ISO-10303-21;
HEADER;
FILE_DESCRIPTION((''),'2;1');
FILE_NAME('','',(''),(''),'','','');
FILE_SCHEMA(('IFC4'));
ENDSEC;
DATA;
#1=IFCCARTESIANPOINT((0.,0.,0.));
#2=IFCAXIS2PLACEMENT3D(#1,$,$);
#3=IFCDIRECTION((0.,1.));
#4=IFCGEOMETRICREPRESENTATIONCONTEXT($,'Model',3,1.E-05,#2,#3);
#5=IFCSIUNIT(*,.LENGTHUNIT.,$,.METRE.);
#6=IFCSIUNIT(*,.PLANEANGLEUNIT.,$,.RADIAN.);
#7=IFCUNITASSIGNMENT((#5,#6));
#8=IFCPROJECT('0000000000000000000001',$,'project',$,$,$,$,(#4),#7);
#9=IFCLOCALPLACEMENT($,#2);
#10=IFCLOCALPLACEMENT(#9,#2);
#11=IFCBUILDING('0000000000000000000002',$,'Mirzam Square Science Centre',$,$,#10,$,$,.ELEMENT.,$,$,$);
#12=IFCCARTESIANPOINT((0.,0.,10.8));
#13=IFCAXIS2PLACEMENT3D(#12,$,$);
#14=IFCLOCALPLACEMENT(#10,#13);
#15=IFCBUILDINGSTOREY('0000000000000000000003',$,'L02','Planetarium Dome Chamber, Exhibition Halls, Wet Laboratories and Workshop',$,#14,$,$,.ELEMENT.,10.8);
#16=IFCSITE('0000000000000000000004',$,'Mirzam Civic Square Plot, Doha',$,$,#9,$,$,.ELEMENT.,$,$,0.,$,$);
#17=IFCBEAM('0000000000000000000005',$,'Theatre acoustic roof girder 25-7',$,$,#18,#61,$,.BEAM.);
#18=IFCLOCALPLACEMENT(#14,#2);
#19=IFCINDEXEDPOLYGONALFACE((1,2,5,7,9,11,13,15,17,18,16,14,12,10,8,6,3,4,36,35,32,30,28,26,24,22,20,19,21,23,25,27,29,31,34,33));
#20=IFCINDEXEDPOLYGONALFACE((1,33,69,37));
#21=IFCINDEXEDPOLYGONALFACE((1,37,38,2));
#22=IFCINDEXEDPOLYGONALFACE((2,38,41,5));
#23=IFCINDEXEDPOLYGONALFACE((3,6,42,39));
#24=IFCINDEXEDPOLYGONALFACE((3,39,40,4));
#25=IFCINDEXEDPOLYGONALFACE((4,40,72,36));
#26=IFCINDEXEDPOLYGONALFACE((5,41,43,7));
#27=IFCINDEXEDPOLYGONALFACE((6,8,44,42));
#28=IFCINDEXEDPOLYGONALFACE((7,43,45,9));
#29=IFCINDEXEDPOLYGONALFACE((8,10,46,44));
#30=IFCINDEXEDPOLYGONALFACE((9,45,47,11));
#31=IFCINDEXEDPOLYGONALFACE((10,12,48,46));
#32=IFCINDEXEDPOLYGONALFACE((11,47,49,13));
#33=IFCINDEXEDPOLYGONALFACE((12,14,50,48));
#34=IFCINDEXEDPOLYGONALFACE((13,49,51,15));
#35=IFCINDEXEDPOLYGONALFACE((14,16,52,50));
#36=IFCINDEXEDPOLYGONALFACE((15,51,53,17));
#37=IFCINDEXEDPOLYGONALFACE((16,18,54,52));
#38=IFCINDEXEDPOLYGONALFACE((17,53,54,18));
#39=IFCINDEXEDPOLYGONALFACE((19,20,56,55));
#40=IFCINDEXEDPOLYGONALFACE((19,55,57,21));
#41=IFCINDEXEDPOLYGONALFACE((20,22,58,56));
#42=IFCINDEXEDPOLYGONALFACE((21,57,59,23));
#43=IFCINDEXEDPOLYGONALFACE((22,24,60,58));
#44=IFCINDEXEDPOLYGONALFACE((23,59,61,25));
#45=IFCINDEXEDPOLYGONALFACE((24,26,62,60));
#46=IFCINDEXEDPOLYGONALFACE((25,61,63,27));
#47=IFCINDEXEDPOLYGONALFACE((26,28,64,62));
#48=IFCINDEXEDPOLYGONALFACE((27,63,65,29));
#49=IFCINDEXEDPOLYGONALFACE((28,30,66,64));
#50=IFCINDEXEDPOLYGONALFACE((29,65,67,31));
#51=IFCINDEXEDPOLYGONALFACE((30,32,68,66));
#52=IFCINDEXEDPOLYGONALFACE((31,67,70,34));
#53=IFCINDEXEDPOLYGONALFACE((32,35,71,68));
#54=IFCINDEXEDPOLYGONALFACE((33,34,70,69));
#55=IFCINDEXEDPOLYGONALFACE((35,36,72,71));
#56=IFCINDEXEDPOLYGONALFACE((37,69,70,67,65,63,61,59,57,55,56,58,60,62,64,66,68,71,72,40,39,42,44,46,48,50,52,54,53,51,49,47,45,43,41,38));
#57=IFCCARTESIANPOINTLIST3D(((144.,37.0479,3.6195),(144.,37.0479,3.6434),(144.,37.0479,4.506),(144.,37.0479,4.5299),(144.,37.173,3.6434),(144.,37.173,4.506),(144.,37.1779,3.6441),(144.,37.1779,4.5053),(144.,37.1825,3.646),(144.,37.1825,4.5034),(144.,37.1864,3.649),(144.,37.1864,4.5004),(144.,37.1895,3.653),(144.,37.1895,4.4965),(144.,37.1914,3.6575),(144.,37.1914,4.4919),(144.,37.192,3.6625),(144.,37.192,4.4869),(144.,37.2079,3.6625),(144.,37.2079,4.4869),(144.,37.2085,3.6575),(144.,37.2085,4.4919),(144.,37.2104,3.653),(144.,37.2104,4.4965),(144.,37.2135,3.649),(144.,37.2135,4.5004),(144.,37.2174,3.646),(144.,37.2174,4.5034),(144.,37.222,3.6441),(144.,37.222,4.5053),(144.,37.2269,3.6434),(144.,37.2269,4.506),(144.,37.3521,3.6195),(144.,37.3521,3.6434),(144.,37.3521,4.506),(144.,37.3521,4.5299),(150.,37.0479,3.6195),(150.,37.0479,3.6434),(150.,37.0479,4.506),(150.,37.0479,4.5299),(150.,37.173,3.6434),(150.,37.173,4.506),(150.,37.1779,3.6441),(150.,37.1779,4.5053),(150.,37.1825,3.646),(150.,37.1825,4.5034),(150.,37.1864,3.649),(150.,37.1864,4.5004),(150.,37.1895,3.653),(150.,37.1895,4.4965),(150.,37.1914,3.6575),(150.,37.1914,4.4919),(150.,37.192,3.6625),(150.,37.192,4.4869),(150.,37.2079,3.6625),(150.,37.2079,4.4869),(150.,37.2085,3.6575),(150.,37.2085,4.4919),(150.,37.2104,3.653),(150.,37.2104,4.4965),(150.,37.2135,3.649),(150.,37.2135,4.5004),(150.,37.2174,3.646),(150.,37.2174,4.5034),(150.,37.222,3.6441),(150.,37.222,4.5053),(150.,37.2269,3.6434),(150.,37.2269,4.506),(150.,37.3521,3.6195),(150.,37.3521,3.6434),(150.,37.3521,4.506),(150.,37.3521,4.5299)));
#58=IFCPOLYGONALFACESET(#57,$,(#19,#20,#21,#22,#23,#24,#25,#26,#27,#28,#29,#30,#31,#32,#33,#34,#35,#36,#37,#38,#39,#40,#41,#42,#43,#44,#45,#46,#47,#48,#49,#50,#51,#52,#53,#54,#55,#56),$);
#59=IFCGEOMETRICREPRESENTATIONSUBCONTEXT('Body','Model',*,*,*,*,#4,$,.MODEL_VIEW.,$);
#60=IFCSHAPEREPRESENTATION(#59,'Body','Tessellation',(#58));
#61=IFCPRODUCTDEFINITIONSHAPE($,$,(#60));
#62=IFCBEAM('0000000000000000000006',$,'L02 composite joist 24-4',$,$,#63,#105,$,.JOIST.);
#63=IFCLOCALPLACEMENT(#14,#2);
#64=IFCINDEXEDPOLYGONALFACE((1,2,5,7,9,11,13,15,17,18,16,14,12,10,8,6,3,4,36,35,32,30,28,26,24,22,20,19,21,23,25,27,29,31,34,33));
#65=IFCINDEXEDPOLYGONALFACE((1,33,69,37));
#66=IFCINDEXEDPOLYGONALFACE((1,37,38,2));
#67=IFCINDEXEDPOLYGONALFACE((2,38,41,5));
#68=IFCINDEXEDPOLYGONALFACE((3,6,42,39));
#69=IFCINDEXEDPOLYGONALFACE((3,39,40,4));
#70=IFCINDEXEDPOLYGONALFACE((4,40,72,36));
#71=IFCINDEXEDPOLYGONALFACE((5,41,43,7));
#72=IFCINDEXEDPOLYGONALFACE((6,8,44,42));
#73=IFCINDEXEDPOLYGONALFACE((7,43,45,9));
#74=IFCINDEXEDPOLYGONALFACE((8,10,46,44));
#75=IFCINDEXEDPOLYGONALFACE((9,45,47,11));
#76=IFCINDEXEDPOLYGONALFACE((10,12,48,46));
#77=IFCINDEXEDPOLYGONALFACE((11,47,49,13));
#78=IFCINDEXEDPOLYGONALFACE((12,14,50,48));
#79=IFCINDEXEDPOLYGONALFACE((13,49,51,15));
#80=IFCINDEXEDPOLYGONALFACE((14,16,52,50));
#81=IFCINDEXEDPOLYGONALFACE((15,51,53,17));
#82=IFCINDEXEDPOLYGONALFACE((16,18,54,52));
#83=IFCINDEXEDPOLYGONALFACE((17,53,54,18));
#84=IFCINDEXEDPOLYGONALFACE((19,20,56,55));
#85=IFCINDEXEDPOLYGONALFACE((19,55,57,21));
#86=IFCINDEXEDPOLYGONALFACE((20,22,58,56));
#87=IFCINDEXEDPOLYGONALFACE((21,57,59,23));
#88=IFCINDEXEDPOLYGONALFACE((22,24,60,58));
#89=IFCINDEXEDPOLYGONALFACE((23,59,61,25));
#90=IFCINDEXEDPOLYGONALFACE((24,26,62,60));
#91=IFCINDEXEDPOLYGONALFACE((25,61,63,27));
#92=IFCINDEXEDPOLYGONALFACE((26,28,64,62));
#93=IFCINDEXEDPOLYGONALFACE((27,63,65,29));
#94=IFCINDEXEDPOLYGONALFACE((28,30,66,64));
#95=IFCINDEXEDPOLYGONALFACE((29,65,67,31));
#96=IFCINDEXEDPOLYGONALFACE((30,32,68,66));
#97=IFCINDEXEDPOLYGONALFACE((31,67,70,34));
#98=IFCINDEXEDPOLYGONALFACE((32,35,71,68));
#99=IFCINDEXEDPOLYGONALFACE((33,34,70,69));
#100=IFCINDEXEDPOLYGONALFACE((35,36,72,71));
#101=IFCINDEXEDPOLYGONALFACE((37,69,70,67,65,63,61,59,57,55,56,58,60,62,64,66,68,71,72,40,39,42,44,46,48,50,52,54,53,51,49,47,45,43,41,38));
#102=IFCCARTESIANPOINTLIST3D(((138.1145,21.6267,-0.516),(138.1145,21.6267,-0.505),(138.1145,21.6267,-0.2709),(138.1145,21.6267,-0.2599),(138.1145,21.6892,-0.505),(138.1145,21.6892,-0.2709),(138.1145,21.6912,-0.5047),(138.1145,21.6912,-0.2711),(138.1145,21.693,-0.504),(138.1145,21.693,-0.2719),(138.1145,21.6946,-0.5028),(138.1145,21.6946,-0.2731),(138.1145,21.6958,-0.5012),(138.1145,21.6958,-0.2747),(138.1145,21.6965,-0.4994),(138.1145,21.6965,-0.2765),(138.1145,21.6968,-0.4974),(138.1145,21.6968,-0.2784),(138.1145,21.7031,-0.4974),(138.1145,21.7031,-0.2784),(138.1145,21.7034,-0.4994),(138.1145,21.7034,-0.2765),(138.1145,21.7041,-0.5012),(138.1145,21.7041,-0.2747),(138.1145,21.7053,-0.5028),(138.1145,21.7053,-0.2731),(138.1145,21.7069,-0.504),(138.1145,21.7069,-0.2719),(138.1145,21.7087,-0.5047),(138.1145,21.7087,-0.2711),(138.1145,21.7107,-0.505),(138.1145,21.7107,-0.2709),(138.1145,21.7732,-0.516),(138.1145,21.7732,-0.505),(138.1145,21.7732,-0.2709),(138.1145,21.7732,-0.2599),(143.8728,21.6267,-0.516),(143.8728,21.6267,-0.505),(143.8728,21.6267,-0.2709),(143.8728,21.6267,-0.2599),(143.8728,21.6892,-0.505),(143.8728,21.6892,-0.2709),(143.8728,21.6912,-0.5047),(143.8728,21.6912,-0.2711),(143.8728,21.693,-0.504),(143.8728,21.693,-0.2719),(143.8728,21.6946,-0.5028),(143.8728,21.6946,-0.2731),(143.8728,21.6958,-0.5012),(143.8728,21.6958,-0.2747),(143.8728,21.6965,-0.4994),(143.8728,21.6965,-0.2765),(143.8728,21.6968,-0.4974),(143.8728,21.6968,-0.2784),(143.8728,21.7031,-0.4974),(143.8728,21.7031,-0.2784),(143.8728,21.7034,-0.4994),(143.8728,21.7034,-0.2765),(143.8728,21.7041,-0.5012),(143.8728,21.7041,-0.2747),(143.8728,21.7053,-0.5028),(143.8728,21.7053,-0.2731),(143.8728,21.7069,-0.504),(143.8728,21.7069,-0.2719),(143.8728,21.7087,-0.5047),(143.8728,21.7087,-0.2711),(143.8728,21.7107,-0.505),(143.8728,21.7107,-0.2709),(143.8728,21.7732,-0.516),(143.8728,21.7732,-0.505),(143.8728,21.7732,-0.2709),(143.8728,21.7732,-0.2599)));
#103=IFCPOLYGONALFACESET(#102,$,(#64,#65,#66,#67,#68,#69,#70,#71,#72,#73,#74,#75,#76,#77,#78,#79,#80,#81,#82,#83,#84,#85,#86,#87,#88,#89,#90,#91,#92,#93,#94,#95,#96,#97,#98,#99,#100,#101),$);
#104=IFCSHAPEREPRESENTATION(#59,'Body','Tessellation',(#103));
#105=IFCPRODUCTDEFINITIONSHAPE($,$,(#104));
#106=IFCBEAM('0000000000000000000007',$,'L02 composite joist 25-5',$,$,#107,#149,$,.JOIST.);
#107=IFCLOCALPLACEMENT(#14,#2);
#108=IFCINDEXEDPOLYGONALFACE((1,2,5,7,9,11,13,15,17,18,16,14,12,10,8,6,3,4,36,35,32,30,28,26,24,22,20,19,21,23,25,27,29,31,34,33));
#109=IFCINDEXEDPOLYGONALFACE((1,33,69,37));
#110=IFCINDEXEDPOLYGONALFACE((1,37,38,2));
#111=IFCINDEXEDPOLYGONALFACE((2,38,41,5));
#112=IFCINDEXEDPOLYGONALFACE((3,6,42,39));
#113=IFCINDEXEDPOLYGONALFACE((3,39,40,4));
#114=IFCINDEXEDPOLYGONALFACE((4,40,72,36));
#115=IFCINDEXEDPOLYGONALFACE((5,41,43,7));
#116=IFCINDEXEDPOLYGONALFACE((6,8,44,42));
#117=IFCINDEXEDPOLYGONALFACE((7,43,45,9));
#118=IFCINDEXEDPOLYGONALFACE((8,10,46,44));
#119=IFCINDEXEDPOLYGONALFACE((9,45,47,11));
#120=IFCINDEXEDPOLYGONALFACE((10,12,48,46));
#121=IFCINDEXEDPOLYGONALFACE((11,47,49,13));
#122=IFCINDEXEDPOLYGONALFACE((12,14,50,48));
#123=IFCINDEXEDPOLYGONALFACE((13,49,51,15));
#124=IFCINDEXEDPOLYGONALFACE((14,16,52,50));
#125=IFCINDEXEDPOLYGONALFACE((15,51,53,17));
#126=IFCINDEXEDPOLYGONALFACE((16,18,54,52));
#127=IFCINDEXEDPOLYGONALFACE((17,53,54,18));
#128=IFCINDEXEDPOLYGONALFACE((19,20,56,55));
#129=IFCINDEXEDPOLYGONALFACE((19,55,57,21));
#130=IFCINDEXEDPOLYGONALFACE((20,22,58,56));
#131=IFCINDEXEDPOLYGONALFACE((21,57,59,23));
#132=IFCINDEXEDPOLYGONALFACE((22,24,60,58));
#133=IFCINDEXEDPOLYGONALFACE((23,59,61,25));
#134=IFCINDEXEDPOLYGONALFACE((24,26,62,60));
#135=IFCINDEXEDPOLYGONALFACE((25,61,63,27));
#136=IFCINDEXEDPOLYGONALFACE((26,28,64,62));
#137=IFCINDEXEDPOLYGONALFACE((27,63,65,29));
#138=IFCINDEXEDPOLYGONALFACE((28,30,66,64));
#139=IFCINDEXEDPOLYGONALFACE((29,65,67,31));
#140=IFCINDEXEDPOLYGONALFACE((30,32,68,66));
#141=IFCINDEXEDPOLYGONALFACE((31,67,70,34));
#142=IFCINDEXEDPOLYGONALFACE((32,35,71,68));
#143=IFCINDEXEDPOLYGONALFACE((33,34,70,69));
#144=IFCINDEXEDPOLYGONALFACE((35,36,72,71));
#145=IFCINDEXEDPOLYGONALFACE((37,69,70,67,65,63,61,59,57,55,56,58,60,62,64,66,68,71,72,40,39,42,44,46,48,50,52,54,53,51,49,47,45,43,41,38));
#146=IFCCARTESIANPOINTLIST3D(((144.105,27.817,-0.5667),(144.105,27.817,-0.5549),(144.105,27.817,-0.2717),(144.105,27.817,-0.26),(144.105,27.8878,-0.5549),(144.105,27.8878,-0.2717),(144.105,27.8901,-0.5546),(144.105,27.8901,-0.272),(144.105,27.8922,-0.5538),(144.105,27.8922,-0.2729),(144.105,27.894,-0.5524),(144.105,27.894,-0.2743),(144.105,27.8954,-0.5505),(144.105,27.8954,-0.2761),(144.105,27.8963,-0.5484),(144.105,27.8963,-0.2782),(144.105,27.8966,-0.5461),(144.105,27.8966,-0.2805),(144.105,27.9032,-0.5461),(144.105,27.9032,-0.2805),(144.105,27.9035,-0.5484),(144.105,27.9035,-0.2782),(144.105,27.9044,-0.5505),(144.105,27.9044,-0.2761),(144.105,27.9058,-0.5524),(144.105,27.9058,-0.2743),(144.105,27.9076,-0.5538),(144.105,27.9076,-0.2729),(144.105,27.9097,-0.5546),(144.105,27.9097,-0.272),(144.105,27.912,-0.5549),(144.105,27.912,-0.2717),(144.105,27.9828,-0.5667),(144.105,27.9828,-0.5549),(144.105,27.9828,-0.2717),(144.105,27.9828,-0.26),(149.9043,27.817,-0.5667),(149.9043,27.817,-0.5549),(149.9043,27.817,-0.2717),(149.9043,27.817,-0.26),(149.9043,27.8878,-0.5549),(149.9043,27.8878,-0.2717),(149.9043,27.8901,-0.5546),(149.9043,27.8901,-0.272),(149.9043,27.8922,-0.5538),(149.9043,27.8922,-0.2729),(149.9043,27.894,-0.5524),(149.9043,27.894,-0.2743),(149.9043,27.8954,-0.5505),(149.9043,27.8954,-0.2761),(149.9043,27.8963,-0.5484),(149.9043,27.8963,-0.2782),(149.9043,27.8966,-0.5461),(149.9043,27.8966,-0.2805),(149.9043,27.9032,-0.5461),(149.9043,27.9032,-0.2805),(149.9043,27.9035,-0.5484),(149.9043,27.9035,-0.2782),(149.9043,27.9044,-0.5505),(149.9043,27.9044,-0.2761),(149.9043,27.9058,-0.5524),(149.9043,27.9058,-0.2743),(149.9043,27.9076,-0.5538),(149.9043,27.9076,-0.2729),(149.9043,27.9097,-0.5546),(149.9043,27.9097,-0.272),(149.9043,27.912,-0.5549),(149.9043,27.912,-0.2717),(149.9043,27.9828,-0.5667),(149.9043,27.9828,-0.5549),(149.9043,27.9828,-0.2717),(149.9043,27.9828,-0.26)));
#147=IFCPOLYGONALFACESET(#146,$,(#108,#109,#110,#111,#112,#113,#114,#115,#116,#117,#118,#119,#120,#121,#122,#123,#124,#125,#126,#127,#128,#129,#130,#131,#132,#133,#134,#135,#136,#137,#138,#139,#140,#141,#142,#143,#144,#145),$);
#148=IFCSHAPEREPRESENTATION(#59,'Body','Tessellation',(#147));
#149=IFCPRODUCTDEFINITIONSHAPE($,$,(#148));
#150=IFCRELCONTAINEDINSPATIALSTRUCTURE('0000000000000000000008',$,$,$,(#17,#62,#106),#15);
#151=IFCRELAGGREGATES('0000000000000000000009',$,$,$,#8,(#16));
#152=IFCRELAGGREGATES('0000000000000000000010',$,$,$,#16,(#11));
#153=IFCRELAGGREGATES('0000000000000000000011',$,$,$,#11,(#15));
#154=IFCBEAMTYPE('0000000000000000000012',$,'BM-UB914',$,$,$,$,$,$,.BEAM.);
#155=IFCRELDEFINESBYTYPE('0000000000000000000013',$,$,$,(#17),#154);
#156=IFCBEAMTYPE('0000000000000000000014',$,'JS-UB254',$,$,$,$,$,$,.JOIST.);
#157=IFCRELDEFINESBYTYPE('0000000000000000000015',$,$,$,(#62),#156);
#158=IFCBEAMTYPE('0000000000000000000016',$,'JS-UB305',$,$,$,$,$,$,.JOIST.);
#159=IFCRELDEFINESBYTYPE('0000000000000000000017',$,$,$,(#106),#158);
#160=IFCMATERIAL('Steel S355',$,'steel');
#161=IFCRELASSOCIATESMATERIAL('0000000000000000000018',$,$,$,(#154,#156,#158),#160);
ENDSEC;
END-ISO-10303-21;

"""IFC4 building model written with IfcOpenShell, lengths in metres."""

from ifc_helpers import new_model, si_unit, direction, frame, origin, origin_2d, place, context, subcontext, project, spatial, i_section, extrude, material, material_profile, profile_set, type_object, element, save


model = new_model("IFC4")

# Units and contexts
model_context = context("Model", 3, precision=1e-05, world=origin(), true_north=direction((0.0, 1.0)))
body_context = subcontext(model_context, "Body", "Model", "MODEL_VIEW")
ifc_project = project(units=[si_unit("LENGTHUNIT", "METRE"), si_unit("PLANEANGLEUNIT", "RADIAN")], contexts=[model_context])

# Site, building, storey
site_placement = place(None, origin())
site = spatial("IfcSite", under=ifc_project, at=site_placement, Name="Mirzam Civic Square Plot, Doha", CompositionType="ELEMENT", RefElevation=0.0)
building_placement = place(site_placement, origin())
building = spatial("IfcBuilding", under=site, at=building_placement, Name="Mirzam Square Science Centre", CompositionType="ELEMENT")
storey_placement = place(building_placement, frame((0.0, 0.0, 10.8)))
storey = spatial("IfcBuildingStorey", under=building, at=storey_placement, Name="L02", Description="Planetarium Dome Chamber, Exhibition Halls, Wet Laboratories and Workshop", CompositionType="ELEMENT", Elevation=10.8)

# Shared definitions
ifc_material_1 = material(Name="Steel S355", Category="steel")

# Beams
ifc_material_profile_1 = material_profile(ifc_material_1, i_section(OverallWidth=0.3042, OverallDepth=0.9104, WebThickness=0.0159, FlangeThickness=0.0239, FilletRadius=0.019, at=origin_2d()), Name="914x305x224UB")
ifc_profile_set_1 = profile_set([ifc_material_profile_1], Name="Steel S355")
beam_type_1 = type_object("IfcBeamType", Name="BM-UB914", PredefinedType="BEAM", material=ifc_profile_set_1)
for number, where, z_axis, x_axis, name in (
    (1, (144.0, 37.2, 4.0747), (1.0, 0.0, 0.0), (0.0, 1.0, 0.0), "Theatre acoustic roof girder 25-7"),
):
    element("IfcBeam", number, at=place(storey_placement, frame(where, z_axis=z_axis, x_axis=x_axis)), inside=storey, type_object=beam_type_1, Name=name, PredefinedType="BEAM", context=body_context, shape_type="SweptSolid", body=[
        extrude(i_section(OverallWidth=0.3042, OverallDepth=0.9104, WebThickness=0.0159, FlangeThickness=0.0239, FilletRadius=0.019, at=origin_2d()), origin(), (0.0, 0.0, 1.0), 6.0),
    ])
ifc_material_profile_2 = material_profile(ifc_material_1, i_section(OverallWidth=0.1465, OverallDepth=0.2561, WebThickness=0.0063, FlangeThickness=0.011, FilletRadius=0.0076, at=origin_2d()), Name="254x146x37UB")
ifc_profile_set_2 = profile_set([ifc_material_profile_2], Name="Steel S355")
beam_type_2 = type_object("IfcBeamType", Name="JS-UB254", PredefinedType="JOIST", material=ifc_profile_set_2)
beam_1_placement = place(storey_placement, frame((138.1145, 21.7, -0.3879), z_axis=(1.0, 0.0, 0.0), x_axis=(0.0, 1.0, 0.0)))
element("IfcBeam", 2, at=beam_1_placement, inside=storey, type_object=beam_type_2, Name="L02 composite joist 24-4", PredefinedType="JOIST", context=body_context, shape_type="SweptSolid", body=[
    extrude(i_section(OverallWidth=0.1465, OverallDepth=0.2561, WebThickness=0.0063, FlangeThickness=0.011, FilletRadius=0.0076, at=origin_2d()), origin(), (0.0, 0.0, 1.0), 5.7583),
])
ifc_material_profile_3 = material_profile(ifc_material_1, i_section(OverallWidth=0.1658, OverallDepth=0.3066, WebThickness=0.0066, FlangeThickness=0.0117, FilletRadius=0.0088, at=origin_2d()), Name="305x165x46UB")
ifc_profile_set_3 = profile_set([ifc_material_profile_3], Name="Steel S355")
beam_type_3 = type_object("IfcBeamType", Name="JS-UB305", PredefinedType="JOIST", material=ifc_profile_set_3)
beam_2_placement = place(storey_placement, frame((144.105, 27.8999, -0.4133), z_axis=(1.0, 0.0, 0.0), x_axis=(0.0, 1.0, 0.0)))
element("IfcBeam", 3, at=beam_2_placement, inside=storey, type_object=beam_type_3, Name="L02 composite joist 25-5", PredefinedType="JOIST", context=body_context, shape_type="SweptSolid", body=[
    extrude(i_section(OverallWidth=0.1658, OverallDepth=0.3066, WebThickness=0.0066, FlangeThickness=0.0117, FilletRadius=0.0088, at=origin_2d()), origin(), (0.0, 0.0, 1.0), 5.7993),
])

save(model, "model.ifc")
